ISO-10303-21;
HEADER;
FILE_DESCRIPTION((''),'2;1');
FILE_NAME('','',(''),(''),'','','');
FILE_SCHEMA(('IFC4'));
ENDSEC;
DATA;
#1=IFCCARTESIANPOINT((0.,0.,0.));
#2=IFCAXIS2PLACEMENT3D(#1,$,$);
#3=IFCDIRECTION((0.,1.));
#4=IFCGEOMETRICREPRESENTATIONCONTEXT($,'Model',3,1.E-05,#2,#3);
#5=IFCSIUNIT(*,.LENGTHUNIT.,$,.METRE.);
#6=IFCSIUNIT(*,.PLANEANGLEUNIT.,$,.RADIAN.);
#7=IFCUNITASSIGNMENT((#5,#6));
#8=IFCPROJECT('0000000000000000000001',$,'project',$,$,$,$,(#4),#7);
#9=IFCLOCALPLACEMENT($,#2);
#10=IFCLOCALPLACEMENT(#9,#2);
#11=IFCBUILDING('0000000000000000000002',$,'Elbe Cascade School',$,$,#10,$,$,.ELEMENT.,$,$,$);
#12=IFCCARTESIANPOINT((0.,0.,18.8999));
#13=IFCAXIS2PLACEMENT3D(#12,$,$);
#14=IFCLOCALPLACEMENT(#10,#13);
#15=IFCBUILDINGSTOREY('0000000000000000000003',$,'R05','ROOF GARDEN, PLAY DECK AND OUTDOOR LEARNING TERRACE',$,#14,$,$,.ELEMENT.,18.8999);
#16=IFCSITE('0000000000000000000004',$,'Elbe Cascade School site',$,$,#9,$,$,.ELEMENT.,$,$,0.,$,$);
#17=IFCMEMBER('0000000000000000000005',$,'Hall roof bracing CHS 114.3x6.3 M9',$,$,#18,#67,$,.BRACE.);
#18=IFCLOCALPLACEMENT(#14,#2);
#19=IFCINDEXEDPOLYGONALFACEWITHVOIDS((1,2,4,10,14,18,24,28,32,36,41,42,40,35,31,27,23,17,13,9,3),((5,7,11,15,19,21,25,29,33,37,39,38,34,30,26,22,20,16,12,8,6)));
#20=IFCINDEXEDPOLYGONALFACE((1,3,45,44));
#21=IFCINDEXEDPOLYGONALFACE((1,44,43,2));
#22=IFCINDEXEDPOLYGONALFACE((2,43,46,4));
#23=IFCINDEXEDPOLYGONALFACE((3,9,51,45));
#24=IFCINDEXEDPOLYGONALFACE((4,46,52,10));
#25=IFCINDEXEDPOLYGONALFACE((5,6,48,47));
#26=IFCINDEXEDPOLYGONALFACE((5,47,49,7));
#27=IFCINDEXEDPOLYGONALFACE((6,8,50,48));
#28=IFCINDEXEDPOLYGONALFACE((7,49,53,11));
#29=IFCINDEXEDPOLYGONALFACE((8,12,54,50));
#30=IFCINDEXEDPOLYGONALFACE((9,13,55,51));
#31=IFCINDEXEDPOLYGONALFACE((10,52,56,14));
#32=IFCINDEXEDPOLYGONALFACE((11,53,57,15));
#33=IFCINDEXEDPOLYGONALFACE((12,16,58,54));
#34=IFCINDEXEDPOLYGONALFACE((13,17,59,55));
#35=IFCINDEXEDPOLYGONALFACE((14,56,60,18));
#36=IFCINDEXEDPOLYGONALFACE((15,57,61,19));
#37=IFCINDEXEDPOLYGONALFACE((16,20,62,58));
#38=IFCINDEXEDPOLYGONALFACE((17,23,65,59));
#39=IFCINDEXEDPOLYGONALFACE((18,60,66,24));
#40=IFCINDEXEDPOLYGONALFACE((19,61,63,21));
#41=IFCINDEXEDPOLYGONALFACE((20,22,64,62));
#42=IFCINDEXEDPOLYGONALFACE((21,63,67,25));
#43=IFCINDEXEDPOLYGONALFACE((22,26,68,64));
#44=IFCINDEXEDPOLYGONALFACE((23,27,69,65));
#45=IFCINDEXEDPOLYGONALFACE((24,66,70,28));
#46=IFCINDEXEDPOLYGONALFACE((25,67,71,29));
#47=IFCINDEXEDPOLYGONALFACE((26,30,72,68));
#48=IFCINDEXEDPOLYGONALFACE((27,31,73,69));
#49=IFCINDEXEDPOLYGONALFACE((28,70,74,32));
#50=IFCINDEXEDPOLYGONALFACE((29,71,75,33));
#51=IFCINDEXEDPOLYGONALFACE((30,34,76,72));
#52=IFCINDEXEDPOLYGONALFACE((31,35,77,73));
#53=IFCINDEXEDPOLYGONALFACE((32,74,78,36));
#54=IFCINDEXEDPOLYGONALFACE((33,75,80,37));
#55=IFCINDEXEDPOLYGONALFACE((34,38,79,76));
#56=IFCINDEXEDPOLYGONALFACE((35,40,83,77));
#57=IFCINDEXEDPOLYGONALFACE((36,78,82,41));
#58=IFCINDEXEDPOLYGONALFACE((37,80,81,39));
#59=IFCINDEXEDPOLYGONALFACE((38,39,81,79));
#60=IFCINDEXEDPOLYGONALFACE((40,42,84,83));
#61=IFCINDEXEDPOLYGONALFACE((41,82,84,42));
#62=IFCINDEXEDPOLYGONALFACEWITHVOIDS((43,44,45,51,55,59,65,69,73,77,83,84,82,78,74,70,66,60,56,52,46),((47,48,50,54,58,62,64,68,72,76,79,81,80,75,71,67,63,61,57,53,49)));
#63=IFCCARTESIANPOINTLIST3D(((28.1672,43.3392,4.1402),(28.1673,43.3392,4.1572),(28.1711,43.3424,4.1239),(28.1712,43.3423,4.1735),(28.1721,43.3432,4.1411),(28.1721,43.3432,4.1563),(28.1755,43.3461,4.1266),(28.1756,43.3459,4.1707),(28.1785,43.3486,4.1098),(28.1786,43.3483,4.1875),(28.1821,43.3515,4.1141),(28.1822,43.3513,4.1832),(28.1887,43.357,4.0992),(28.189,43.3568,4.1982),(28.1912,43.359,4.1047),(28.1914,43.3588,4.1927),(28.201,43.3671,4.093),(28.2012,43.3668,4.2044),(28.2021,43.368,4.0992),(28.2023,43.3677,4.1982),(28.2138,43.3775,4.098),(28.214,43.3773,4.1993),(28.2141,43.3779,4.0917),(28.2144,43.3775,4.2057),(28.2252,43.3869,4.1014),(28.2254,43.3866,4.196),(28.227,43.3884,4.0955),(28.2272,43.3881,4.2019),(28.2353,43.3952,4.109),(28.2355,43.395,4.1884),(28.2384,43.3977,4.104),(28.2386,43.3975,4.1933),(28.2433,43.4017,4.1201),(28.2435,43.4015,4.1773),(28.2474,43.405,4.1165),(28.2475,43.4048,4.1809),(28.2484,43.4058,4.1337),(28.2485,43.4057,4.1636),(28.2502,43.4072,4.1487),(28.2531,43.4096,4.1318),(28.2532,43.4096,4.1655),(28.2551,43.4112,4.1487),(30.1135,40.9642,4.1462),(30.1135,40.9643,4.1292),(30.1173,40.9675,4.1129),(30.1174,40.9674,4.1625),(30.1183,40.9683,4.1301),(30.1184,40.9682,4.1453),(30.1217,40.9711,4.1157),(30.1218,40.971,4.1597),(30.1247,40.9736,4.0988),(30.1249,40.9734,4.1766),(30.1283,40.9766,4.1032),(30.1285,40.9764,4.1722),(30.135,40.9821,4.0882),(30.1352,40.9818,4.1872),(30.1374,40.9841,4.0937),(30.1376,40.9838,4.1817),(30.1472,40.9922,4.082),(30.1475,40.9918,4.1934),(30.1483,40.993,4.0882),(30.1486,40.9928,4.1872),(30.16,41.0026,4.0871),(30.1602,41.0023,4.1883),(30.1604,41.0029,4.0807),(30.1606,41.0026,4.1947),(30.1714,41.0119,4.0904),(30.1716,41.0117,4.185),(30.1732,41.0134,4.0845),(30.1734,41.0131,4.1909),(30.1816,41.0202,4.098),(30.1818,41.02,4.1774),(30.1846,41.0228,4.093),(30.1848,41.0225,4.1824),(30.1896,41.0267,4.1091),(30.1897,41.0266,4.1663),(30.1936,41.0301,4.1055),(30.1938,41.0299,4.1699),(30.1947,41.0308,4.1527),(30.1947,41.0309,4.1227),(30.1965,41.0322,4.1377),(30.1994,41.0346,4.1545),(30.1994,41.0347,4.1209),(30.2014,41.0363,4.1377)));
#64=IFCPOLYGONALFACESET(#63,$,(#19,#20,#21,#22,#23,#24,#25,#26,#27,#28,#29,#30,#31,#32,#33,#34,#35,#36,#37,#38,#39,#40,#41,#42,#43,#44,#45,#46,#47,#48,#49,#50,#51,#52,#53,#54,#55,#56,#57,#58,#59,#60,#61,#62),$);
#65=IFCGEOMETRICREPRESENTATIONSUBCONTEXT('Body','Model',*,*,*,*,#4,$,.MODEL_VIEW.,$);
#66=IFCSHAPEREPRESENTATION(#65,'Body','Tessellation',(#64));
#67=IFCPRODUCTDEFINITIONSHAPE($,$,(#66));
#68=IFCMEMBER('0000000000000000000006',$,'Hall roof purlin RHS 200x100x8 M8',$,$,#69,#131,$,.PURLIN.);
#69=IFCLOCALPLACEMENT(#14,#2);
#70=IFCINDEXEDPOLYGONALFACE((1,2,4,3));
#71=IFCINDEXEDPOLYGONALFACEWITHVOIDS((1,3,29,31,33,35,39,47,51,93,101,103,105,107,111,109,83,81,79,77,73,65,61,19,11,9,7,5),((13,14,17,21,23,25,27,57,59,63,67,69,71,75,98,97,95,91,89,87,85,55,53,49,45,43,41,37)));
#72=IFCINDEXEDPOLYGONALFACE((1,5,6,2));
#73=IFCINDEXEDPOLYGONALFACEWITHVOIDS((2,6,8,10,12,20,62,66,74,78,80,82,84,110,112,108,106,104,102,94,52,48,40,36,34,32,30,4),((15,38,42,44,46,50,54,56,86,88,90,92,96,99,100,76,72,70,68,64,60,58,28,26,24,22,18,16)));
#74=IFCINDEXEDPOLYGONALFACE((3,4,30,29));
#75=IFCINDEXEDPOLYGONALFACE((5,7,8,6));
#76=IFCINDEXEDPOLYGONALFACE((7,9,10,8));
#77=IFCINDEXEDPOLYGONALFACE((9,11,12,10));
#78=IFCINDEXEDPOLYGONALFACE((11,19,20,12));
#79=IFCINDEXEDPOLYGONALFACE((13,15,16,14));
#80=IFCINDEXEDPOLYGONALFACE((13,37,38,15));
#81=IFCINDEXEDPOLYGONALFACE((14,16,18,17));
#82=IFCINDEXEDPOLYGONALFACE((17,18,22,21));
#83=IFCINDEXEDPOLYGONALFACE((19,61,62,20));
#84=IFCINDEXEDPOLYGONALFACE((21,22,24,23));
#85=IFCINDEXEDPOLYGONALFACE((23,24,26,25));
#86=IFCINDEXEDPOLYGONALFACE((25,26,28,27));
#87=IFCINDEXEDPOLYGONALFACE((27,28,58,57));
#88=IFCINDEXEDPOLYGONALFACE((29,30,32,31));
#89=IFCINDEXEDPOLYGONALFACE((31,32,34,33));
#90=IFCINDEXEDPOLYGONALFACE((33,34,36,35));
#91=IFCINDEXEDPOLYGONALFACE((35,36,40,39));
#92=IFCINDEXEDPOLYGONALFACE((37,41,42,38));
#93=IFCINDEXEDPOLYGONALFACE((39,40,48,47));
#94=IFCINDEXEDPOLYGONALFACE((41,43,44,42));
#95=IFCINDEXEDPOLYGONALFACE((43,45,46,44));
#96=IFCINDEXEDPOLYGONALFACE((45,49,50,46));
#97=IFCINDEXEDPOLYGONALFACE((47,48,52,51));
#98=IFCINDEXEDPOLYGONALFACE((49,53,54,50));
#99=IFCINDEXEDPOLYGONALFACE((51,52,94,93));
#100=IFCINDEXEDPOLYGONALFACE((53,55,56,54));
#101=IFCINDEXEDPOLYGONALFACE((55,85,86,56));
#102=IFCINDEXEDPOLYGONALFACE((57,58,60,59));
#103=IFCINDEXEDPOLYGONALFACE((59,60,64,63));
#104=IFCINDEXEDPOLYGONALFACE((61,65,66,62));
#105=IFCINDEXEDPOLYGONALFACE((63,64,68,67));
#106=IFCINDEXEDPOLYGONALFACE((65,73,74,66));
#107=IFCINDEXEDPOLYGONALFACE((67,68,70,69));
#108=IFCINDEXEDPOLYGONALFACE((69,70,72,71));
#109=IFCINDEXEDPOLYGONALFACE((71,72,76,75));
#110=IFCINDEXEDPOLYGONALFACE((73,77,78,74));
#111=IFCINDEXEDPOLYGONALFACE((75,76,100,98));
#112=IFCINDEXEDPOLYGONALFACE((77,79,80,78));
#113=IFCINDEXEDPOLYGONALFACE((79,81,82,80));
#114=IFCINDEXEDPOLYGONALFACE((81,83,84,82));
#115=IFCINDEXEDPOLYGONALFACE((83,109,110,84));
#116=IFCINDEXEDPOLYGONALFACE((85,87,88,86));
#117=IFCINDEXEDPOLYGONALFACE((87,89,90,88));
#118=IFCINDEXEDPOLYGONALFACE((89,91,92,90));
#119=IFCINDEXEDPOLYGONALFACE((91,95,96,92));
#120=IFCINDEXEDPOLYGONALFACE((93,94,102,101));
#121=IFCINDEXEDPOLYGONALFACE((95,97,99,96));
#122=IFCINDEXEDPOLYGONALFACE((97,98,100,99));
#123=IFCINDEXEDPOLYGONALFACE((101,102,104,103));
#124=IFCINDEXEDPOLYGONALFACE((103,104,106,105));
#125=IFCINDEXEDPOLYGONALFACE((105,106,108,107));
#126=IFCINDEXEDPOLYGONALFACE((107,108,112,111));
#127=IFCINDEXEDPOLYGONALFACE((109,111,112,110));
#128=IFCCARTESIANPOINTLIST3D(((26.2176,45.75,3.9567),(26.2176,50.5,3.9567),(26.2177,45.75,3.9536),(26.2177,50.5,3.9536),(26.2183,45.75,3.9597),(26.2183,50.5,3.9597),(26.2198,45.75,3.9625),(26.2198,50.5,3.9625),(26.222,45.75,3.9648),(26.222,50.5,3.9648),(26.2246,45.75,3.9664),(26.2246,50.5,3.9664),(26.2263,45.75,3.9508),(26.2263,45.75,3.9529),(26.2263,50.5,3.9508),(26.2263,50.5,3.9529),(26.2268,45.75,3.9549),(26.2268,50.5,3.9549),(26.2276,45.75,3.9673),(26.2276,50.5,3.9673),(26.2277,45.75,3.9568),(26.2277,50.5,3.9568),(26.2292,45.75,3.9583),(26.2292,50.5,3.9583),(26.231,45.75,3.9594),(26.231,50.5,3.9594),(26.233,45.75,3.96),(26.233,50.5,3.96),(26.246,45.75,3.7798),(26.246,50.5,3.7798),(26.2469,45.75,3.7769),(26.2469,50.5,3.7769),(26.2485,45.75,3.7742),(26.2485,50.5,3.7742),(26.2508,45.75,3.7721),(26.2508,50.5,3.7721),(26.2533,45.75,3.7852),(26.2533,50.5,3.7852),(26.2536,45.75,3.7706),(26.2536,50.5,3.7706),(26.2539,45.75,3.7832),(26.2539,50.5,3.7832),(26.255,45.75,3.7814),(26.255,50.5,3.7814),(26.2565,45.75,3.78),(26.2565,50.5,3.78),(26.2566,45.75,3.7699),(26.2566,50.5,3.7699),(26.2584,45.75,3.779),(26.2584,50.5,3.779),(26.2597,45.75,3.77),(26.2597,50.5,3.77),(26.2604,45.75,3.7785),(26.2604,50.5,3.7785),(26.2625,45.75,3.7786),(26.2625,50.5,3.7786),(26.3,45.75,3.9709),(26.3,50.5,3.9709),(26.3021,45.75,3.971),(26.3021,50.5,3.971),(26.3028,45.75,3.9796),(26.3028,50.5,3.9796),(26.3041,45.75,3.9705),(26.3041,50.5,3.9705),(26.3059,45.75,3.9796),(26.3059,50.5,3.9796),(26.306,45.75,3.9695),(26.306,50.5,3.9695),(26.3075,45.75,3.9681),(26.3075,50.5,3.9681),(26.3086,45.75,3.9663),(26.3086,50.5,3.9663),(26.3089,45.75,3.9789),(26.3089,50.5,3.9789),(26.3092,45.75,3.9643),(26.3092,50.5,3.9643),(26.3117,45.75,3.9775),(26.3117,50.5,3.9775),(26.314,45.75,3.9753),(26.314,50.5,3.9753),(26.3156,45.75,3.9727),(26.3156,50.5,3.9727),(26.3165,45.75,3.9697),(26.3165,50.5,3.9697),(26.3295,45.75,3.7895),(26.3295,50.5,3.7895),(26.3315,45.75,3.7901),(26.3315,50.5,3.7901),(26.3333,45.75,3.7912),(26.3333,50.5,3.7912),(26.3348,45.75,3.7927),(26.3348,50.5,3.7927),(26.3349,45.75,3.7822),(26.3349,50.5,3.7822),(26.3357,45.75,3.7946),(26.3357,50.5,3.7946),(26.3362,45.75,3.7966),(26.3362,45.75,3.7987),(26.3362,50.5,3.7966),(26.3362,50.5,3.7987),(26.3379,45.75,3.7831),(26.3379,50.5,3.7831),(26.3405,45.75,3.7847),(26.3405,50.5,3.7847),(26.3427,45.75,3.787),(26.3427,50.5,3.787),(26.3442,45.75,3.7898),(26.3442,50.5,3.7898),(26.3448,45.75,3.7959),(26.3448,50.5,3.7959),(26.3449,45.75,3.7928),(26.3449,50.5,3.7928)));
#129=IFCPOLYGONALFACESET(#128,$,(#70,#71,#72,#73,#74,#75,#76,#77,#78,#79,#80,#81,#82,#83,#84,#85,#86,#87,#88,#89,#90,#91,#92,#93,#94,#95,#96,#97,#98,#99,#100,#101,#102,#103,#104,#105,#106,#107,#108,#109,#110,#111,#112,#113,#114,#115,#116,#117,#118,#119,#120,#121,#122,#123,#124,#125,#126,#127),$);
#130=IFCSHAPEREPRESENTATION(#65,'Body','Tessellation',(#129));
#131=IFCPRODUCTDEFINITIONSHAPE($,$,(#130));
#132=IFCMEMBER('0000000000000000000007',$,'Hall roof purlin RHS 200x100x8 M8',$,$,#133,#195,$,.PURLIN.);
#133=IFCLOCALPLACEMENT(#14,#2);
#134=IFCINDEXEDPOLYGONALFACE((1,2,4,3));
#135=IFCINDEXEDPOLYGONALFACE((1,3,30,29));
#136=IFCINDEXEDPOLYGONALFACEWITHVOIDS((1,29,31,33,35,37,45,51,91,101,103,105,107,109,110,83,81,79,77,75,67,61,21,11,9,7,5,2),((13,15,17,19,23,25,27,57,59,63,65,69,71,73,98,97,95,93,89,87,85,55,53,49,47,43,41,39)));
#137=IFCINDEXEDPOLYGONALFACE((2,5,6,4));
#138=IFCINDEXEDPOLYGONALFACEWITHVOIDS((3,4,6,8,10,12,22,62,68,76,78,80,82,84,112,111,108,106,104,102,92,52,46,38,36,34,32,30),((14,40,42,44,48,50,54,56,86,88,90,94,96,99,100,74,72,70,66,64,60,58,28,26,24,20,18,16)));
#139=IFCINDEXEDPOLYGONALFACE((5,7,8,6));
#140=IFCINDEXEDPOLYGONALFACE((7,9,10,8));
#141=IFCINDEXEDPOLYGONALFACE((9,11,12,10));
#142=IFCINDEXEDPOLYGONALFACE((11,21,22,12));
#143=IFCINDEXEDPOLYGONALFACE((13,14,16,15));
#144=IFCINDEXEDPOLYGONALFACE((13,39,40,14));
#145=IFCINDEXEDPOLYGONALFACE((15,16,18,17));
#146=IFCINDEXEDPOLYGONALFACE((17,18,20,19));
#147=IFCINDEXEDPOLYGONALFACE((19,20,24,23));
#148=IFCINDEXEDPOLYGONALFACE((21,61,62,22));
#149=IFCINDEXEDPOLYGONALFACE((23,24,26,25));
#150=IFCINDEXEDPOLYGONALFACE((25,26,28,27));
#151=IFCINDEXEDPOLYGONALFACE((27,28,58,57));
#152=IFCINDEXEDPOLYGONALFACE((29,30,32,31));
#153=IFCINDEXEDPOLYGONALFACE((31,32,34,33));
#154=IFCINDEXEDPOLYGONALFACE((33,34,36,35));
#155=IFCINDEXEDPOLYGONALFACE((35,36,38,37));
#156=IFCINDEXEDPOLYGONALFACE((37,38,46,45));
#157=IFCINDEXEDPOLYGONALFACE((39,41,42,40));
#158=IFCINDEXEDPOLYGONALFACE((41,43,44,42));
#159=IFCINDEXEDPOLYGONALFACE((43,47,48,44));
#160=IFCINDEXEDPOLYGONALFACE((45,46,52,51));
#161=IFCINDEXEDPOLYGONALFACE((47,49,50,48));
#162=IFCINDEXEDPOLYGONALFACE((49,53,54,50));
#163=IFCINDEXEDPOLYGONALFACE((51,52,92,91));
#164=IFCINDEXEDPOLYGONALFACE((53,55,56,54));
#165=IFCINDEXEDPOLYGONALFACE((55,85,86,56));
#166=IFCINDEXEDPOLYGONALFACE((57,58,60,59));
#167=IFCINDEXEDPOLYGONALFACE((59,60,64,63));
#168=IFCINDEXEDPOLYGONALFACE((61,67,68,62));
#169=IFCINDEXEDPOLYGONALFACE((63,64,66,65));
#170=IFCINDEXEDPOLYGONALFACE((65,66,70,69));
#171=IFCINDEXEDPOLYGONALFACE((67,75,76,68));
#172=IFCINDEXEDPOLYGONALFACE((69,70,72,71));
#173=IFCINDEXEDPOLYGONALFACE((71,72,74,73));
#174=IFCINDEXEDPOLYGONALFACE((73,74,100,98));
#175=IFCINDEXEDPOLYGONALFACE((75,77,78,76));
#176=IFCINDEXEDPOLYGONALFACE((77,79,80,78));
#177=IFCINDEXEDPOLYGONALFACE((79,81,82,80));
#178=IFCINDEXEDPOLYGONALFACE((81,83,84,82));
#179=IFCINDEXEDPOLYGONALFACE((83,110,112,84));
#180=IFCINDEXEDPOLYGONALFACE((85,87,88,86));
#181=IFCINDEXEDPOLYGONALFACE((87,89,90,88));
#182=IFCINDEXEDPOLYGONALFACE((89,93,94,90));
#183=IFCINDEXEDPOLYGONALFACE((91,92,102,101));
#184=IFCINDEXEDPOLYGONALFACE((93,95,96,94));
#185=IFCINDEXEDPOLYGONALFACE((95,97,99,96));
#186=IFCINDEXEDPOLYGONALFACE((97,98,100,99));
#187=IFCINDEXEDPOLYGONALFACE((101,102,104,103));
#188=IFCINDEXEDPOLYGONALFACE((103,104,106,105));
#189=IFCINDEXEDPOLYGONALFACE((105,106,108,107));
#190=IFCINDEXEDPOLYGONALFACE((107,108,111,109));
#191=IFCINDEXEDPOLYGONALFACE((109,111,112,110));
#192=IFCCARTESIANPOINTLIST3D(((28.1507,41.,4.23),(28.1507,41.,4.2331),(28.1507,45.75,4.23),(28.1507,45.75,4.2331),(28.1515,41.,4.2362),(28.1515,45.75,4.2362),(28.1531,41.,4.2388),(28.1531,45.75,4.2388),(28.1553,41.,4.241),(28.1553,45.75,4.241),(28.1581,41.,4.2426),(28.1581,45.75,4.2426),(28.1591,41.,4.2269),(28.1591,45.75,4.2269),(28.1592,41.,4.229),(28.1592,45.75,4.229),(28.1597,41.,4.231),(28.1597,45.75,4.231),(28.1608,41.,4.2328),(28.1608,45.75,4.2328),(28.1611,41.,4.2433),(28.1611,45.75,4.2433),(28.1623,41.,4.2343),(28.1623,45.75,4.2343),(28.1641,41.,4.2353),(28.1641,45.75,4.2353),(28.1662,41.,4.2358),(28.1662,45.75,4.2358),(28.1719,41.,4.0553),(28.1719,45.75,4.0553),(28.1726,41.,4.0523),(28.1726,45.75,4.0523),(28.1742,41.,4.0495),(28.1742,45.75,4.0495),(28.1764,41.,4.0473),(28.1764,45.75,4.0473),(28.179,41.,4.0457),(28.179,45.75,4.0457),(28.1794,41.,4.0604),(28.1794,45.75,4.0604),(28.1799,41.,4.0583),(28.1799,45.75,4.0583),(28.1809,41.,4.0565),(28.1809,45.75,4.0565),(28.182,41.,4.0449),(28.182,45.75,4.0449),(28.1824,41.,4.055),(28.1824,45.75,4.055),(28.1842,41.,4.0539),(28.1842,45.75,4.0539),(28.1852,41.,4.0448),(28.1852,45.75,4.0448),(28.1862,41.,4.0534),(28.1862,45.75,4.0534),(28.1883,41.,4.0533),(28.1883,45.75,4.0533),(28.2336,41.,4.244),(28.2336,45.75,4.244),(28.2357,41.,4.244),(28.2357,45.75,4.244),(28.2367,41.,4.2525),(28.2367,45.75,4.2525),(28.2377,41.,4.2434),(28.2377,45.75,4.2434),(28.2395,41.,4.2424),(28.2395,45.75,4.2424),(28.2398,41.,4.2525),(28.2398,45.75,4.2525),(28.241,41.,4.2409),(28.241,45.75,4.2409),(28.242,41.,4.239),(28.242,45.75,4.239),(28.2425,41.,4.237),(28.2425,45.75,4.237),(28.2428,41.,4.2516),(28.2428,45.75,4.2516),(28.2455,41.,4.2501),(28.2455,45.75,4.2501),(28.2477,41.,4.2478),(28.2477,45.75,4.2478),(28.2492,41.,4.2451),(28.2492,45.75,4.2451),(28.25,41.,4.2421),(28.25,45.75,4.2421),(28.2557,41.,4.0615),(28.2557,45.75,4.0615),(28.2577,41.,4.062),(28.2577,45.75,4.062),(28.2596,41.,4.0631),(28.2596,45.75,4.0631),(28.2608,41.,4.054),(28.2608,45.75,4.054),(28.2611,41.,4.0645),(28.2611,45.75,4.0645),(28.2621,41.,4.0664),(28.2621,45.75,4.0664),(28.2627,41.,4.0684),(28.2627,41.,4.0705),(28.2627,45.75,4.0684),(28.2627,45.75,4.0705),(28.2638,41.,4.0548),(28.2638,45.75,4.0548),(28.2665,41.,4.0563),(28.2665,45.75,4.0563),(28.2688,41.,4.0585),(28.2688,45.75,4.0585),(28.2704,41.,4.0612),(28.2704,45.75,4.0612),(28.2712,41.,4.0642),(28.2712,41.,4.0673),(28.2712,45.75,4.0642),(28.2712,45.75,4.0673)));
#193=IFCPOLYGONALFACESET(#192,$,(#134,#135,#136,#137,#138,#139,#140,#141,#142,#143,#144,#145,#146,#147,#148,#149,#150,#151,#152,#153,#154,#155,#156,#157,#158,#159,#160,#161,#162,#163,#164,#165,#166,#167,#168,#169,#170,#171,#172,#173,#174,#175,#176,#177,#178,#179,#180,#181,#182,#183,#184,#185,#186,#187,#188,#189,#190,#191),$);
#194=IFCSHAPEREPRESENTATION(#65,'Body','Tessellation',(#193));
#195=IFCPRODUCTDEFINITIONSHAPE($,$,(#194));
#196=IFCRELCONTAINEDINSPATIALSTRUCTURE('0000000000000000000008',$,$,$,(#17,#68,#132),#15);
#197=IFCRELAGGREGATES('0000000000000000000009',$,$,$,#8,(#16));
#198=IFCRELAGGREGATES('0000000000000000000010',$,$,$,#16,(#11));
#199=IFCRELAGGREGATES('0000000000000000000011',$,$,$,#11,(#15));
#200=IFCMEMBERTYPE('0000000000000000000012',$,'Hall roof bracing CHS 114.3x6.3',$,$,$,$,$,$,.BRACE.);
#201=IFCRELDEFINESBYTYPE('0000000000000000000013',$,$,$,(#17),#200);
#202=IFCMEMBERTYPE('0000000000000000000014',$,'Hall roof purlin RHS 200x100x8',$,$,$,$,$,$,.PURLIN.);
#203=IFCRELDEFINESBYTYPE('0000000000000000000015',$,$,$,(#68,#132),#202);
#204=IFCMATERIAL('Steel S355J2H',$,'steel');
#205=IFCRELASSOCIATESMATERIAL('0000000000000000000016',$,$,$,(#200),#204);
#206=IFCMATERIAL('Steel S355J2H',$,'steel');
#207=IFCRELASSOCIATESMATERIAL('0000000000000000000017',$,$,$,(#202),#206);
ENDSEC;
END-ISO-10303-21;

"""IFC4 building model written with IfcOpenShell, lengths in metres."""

from ifc_helpers import new_model, si_unit, direction, frame, origin, origin_2d, place, context, subcontext, project, spatial, hollow_rectangle, hollow_circle, extrude, material, material_profile, profile_set, type_object, element, save


model = new_model("IFC4")

# Units and contexts
model_context = context("Model", 3, precision=1e-05, world=origin(), true_north=direction((0.0, 1.0)))
body_context = subcontext(model_context, "Body", "Model", "MODEL_VIEW")
ifc_project = project(units=[si_unit("LENGTHUNIT", "METRE"), si_unit("PLANEANGLEUNIT", "RADIAN")], contexts=[model_context])

# Site, building, storey
site_placement = place(None, origin())
site = spatial("IfcSite", under=ifc_project, at=site_placement, Name="Elbe Cascade School site", CompositionType="ELEMENT", RefElevation=0.0)
building_placement = place(site_placement, origin())
building = spatial("IfcBuilding", under=site, at=building_placement, Name="Elbe Cascade School", CompositionType="ELEMENT")
storey_placement = place(building_placement, frame((0.0, 0.0, 18.8999)))
storey = spatial("IfcBuildingStorey", under=building, at=storey_placement, Name="R05", Description="ROOF GARDEN, PLAY DECK AND OUTDOOR LEARNING TERRACE", CompositionType="ELEMENT", Elevation=18.8999)

# Members
ifc_material_1 = material(Name="Steel S355J2H", Category="steel")
ifc_material_profile_1 = material_profile(ifc_material_1, hollow_circle(Radius=0.0571, WallThickness=0.0063, at=origin_2d()), Name="CHS 114.3x6.3")
ifc_profile_set_1 = profile_set([ifc_material_profile_1], Name="Steel S355J2H")
member_type_1 = type_object("IfcMemberType", Name="Hall roof bracing CHS 114.3x6.3", PredefinedType="BRACE", material=ifc_profile_set_1)
member_1_placement = place(storey_placement, frame((28.2109, 43.375, 4.1487), z_axis=(0.63384, -0.773456, -0.003578), x_axis=(0.773461, 0.633844, 0.0)))
element("IfcMember", 1, at=member_1_placement, inside=storey, type_object=member_type_1, Name="Hall roof bracing CHS 114.3x6.3 M9", PredefinedType="BRACE", context=body_context, shape_type="SweptSolid", body=[
    extrude(hollow_circle(Radius=0.0571, WallThickness=0.0063, at=origin_2d()), origin(), (0.0, 0.0, 1.0), 3.0706),
])
ifc_material_2 = material(Name="Steel S355J2H", Category="steel")
ifc_material_profile_2 = material_profile(ifc_material_2, hollow_rectangle(XDim=0.1001, YDim=0.2, WallThickness=0.0081, InnerFilletRadius=0.0081, OuterFilletRadius=0.012, at=origin_2d()), Name="RHS 200x100x8")
ifc_profile_set_2 = profile_set([ifc_material_profile_2], Name="Steel S355J2H")
member_type_2 = type_object("IfcMemberType", Name="Hall roof purlin RHS 200x100x8", PredefinedType="PURLIN", material=ifc_profile_set_2)
for number, where, z_axis, x_axis, name in (
    (2, (26.2812, 45.75, 3.8748), (0.0, 1.0, 0.0), (-0.987017, 0.0, -0.160618), "Hall roof purlin RHS 200x100x8 M8"),
    (3, (28.2109, 41.0, 4.1487), (0.0, 1.0, 0.0), (-0.992718, 0.0, -0.120463), "Hall roof purlin RHS 200x100x8 M8"),
):
    element("IfcMember", number, at=place(storey_placement, frame(where, z_axis=z_axis, x_axis=x_axis)), inside=storey, type_object=member_type_2, Name=name, PredefinedType="PURLIN", context=body_context, shape_type="SweptSolid", body=[
        extrude(hollow_rectangle(XDim=0.1001, YDim=0.2, WallThickness=0.0081, InnerFilletRadius=0.0081, OuterFilletRadius=0.012, at=origin_2d()), origin(), (0.0, 0.0, 1.0), 4.75),
    ])

save(model, "model.ifc")
